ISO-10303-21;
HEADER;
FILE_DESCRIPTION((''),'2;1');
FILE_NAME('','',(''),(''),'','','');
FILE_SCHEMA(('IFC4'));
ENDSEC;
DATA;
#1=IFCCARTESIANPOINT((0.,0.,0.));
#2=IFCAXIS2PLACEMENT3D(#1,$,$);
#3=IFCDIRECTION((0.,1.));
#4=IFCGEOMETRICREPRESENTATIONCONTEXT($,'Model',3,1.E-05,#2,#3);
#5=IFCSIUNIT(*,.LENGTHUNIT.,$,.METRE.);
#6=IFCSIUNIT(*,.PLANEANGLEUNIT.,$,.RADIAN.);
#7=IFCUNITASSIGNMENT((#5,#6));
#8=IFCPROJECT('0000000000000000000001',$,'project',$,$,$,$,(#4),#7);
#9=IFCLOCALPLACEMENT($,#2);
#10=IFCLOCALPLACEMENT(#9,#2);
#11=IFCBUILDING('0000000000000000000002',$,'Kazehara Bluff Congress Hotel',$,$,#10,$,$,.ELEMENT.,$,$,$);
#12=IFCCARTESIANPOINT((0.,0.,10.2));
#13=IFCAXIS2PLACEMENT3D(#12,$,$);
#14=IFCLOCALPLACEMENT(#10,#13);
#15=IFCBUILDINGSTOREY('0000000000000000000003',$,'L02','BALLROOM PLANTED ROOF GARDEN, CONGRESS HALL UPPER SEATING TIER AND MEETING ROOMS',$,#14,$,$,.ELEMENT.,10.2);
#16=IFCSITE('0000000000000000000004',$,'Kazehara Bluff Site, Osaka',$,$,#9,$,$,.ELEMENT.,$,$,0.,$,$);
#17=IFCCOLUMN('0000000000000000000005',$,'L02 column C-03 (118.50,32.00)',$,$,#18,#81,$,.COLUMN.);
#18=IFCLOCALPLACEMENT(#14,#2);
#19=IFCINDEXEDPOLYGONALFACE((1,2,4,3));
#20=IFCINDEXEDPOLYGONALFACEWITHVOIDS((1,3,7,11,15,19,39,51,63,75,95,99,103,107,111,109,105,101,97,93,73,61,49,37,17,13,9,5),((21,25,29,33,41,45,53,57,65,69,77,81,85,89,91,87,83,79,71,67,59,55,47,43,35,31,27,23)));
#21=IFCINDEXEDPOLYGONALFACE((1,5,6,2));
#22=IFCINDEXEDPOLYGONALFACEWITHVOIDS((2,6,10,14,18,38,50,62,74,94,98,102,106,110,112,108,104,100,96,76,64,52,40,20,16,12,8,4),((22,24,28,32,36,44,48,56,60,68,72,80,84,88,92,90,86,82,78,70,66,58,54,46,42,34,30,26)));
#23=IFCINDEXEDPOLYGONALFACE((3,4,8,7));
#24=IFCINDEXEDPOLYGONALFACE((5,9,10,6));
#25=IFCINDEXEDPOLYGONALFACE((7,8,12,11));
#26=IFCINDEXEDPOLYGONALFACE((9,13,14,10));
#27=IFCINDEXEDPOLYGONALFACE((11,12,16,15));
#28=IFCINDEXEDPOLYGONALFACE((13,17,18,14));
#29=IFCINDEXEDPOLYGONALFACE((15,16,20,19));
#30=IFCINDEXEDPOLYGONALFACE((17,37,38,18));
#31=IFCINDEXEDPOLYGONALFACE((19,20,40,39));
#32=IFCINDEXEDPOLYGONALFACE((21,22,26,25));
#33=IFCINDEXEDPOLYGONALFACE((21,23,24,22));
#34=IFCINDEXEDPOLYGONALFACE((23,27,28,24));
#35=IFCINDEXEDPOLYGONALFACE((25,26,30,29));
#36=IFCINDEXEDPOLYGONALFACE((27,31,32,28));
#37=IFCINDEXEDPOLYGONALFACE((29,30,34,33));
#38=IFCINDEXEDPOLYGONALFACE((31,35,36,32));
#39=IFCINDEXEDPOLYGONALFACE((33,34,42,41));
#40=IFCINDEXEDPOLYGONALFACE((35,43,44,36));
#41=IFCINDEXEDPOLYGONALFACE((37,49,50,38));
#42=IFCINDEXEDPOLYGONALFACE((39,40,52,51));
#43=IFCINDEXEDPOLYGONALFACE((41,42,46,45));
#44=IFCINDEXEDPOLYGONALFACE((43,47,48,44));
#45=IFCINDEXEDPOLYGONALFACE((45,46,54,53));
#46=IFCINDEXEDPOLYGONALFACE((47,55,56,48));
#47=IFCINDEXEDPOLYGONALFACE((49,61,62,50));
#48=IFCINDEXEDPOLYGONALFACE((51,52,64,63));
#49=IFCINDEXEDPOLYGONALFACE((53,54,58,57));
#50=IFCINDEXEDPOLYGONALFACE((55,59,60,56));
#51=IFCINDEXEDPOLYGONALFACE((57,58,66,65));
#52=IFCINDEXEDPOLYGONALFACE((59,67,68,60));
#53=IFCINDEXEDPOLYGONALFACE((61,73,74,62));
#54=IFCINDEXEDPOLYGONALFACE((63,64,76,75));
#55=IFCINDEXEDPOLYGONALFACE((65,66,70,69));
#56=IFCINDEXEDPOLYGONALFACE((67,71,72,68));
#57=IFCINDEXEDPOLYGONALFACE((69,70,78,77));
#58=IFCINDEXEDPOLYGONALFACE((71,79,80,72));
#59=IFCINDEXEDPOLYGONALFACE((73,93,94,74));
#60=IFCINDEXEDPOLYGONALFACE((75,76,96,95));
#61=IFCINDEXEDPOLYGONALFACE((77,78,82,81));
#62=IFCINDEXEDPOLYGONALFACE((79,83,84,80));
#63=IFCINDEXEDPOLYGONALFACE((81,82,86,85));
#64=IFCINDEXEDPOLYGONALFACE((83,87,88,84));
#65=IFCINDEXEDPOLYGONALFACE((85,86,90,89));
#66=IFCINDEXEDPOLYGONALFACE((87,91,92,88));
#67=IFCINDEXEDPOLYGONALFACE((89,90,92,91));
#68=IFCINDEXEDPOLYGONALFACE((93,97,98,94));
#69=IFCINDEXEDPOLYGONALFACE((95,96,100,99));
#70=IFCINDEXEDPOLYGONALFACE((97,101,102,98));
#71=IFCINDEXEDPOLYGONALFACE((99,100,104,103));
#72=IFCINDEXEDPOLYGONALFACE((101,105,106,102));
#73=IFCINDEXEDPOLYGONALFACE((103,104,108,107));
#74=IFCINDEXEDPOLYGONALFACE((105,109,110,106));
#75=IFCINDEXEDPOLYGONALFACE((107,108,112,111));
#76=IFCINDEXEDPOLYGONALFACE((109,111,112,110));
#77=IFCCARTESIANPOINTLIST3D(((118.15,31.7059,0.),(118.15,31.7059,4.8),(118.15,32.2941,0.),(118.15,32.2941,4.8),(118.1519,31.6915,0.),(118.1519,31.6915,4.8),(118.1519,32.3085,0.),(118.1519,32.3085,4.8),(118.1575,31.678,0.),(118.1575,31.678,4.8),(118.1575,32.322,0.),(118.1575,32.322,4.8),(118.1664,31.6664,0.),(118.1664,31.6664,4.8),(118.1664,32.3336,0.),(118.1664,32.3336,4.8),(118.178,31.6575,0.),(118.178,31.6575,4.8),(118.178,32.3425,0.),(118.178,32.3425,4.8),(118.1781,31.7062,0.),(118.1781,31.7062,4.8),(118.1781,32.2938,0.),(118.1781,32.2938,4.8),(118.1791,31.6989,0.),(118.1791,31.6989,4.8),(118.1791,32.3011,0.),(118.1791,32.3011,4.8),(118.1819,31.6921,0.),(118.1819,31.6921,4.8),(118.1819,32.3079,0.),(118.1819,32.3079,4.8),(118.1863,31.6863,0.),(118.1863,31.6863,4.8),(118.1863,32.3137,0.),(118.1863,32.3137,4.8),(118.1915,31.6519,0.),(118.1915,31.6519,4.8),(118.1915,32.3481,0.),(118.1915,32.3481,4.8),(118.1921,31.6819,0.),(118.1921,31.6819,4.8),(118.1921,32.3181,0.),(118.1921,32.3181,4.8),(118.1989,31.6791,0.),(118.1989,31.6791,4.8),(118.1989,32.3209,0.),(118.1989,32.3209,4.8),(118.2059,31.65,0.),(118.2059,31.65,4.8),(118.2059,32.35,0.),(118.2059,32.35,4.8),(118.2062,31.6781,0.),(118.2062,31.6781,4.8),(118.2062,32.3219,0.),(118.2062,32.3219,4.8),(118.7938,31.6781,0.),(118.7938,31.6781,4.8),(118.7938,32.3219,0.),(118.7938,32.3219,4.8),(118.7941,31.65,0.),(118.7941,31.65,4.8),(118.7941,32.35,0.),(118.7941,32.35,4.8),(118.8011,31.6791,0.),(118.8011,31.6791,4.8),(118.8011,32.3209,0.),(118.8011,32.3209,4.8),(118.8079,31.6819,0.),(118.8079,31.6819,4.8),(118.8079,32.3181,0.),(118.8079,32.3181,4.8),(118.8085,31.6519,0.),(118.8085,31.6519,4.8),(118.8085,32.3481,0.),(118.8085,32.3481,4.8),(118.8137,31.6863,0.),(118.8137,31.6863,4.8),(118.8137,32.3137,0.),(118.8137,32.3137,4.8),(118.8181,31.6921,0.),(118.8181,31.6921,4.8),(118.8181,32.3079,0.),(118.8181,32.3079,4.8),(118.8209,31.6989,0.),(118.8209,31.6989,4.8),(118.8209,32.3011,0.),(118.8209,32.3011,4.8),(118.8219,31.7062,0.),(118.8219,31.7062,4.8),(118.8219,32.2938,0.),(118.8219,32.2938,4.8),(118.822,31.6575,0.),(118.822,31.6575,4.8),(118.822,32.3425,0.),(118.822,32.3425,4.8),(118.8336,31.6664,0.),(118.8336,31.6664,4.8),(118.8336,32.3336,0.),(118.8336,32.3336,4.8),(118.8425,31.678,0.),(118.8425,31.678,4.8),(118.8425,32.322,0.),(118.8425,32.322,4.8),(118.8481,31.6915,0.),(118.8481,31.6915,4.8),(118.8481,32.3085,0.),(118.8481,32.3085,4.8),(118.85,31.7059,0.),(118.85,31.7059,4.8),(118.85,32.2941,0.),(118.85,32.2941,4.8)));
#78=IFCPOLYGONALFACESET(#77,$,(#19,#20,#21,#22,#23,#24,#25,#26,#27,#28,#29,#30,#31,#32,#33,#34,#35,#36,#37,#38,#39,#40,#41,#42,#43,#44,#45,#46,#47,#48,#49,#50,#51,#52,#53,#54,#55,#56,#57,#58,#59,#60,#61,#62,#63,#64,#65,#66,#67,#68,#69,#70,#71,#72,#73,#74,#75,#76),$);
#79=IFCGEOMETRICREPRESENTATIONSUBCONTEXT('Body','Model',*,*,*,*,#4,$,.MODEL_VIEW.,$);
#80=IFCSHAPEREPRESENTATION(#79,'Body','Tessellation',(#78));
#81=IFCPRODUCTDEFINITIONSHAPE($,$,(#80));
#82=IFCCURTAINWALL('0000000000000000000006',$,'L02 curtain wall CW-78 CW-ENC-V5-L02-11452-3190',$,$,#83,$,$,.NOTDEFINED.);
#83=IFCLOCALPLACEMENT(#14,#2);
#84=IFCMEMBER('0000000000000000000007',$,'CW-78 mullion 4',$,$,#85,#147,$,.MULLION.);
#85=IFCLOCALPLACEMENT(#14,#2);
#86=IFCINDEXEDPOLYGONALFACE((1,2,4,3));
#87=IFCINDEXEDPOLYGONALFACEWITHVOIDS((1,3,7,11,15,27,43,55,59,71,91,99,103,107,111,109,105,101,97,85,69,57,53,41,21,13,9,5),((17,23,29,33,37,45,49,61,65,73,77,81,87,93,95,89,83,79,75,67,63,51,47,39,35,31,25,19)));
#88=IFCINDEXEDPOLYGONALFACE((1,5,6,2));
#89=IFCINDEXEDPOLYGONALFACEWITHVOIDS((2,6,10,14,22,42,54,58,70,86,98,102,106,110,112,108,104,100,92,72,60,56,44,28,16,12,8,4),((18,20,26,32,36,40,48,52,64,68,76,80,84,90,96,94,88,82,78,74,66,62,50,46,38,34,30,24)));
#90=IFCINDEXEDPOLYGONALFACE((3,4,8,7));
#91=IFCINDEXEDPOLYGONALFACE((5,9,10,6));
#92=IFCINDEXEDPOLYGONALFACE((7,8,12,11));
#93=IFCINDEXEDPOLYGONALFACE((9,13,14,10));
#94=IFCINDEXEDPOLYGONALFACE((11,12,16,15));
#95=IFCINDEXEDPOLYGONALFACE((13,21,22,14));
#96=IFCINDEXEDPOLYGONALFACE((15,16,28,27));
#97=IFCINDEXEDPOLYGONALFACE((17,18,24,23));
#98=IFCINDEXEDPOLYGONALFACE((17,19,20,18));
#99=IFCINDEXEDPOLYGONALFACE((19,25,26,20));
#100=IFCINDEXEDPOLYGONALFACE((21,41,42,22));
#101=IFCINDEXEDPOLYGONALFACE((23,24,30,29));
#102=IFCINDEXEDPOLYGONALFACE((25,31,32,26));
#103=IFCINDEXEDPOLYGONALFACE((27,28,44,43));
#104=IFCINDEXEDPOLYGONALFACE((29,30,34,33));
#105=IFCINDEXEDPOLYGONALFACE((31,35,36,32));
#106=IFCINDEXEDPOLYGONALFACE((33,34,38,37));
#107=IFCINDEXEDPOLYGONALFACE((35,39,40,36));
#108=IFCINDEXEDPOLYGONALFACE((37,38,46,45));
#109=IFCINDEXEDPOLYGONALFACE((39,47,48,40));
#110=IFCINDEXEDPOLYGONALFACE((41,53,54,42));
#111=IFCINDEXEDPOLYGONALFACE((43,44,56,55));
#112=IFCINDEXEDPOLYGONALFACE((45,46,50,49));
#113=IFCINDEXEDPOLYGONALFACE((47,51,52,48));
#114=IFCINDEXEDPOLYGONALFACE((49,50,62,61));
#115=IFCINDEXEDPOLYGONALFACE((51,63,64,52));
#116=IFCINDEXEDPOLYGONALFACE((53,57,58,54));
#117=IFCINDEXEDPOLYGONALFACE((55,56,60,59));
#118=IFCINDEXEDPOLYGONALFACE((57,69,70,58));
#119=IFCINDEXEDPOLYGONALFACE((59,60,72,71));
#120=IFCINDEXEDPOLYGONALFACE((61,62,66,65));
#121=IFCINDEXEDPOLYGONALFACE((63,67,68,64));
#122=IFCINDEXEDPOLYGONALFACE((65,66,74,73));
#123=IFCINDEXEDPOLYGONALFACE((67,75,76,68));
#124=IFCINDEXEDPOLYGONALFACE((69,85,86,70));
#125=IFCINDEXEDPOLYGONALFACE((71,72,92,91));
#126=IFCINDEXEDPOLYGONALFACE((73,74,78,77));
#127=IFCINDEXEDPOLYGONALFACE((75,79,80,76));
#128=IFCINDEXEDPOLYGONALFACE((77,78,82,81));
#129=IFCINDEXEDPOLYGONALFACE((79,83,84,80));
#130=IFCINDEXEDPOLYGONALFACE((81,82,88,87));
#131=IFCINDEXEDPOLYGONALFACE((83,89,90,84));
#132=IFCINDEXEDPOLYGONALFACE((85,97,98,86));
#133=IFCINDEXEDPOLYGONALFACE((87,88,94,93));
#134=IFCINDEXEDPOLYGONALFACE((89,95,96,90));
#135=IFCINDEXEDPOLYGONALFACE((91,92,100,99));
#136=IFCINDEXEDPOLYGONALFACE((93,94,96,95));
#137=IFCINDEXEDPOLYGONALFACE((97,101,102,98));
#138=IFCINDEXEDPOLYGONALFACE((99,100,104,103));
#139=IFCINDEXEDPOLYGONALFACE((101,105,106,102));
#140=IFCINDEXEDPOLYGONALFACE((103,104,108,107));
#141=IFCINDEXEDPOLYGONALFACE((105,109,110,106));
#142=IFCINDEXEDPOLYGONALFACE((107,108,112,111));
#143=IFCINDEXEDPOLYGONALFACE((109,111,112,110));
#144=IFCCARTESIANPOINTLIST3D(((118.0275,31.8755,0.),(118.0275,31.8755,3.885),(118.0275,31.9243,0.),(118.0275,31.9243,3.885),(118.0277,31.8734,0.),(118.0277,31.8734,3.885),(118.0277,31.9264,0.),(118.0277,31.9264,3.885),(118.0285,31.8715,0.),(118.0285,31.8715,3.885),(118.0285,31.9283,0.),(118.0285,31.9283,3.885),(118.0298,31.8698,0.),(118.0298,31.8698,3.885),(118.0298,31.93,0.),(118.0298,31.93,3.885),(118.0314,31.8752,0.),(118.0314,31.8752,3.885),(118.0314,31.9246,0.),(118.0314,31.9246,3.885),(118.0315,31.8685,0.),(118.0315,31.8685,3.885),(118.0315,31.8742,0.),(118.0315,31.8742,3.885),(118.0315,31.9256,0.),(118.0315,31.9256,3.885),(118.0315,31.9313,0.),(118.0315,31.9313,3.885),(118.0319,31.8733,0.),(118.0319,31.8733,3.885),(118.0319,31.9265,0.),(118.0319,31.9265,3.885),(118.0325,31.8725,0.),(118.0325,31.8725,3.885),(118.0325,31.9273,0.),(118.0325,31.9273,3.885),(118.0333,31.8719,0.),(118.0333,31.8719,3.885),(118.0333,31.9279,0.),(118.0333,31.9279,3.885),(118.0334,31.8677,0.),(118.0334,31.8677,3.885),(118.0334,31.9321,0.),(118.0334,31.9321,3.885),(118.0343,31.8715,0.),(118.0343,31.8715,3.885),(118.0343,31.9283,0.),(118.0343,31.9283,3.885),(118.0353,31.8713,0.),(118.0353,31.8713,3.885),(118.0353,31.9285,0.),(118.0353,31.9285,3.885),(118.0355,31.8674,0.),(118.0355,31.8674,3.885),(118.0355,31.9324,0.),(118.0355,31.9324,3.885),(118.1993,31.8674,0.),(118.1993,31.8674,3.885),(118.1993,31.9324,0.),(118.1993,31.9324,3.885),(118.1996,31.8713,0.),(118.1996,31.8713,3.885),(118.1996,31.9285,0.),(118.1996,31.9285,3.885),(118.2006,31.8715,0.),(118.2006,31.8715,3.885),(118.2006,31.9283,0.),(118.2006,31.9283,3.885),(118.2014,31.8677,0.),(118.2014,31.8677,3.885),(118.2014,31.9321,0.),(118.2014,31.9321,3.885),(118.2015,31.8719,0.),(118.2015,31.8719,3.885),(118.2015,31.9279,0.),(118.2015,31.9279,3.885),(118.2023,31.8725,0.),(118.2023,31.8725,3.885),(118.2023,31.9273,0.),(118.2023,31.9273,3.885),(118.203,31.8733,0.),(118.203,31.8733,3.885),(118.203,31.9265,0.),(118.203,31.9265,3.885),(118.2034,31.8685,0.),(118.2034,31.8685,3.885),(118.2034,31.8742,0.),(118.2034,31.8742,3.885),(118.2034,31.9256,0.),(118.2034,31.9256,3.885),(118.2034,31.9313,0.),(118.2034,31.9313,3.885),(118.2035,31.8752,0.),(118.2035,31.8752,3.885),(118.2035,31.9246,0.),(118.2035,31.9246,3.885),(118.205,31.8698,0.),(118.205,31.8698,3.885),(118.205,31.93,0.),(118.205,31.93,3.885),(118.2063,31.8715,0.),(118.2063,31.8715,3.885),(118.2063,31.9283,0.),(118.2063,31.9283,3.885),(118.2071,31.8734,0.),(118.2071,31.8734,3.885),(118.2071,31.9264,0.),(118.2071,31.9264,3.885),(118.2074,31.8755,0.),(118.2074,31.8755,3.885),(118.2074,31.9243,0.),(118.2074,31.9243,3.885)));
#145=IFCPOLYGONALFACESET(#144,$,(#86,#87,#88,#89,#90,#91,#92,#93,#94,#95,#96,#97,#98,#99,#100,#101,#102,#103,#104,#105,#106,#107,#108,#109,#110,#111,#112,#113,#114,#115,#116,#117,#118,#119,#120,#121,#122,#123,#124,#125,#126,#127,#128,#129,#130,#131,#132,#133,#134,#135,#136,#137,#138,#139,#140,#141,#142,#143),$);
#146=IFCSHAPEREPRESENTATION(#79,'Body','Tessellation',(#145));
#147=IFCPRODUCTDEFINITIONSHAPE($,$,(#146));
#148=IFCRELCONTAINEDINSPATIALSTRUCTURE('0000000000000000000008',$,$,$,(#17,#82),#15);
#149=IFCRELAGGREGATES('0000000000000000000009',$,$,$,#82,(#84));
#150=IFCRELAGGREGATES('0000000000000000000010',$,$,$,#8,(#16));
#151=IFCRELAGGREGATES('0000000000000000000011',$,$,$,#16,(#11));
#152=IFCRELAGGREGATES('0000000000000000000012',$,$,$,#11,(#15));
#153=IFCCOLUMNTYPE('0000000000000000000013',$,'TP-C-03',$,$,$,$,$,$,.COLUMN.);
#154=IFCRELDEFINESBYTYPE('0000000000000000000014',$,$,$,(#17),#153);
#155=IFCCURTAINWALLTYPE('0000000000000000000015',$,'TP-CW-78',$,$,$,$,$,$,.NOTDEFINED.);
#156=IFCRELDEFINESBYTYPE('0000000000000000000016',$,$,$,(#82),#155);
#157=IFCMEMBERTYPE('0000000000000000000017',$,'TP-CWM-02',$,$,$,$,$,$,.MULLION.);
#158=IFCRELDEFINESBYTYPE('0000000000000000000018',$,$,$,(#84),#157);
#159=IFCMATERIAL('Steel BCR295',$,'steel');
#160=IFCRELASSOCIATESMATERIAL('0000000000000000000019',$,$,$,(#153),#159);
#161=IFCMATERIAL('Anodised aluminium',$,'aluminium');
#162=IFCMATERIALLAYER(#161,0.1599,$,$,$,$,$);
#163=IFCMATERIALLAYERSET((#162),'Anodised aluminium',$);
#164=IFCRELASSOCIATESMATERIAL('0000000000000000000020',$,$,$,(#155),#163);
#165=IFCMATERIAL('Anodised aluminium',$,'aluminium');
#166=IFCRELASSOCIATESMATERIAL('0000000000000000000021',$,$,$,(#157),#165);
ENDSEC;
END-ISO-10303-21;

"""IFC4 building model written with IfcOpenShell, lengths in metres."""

from ifc_helpers import new_model, si_unit, direction, frame, origin, origin_2d, place, context, subcontext, project, spatial, hollow_rectangle, extrude, material, layer, layer_set, material_profile, profile_set, type_object, element, aggregate, save


model = new_model("IFC4")

# Units and contexts
model_context = context("Model", 3, precision=1e-05, world=origin(), true_north=direction((0.0, 1.0)))
body_context = subcontext(model_context, "Body", "Model", "MODEL_VIEW")
ifc_project = project(units=[si_unit("LENGTHUNIT", "METRE"), si_unit("PLANEANGLEUNIT", "RADIAN")], contexts=[model_context])

# Site, building, storey
site_placement = place(None, origin())
site = spatial("IfcSite", under=ifc_project, at=site_placement, Name="Kazehara Bluff Site, Osaka", CompositionType="ELEMENT", RefElevation=0.0)
building_placement = place(site_placement, origin())
building = spatial("IfcBuilding", under=site, at=building_placement, Name="Kazehara Bluff Congress Hotel", CompositionType="ELEMENT")
storey_placement = place(building_placement, frame((0.0, 0.0, 10.2)))
storey = spatial("IfcBuildingStorey", under=building, at=storey_placement, Name="L02", Description="BALLROOM PLANTED ROOF GARDEN, CONGRESS HALL UPPER SEATING TIER AND MEETING ROOMS", CompositionType="ELEMENT", Elevation=10.2)

# Column
ifc_material_1 = material(Name="Steel BCR295", Category="steel")
ifc_material_profile_1 = material_profile(ifc_material_1, hollow_rectangle(XDim=0.7, YDim=0.7, WallThickness=0.0281, InnerFilletRadius=0.0281, OuterFilletRadius=0.0559, at=origin_2d()))
ifc_profile_set_1 = profile_set([ifc_material_profile_1], Name="Steel BCR295")
column_type = type_object("IfcColumnType", Name="TP-C-03", PredefinedType="COLUMN", material=ifc_profile_set_1)
column_placement = place(storey_placement, frame((118.5, 32.0, 0.0), z_axis=(0.0, 0.0, 1.0), x_axis=(1.0, 0.0, 0.0)))
element("IfcColumn", 1, at=column_placement, inside=storey, type_object=column_type, Name="L02 column C-03 (118.50,32.00)", PredefinedType="COLUMN", context=body_context, shape_type="SweptSolid", body=[
    extrude(hollow_rectangle(XDim=0.7, YDim=0.7, WallThickness=0.0281, InnerFilletRadius=0.0281, OuterFilletRadius=0.0559, at=origin_2d()), origin(), (0.0, 0.0, 1.0), 4.8),
])

# Curtain wall, member
ifc_material_2 = material(Name="Anodised aluminium", Category="aluminium")
ifc_layer_1 = layer(ifc_material_2, 0.1599)
ifc_layer_set_1 = layer_set([ifc_layer_1], Name="Anodised aluminium")
curtain_wall_type_1 = type_object("IfcCurtainWallType", Name="TP-CW-78", PredefinedType="NOTDEFINED", material=ifc_layer_set_1)
curtain_wall_1_placement = place(storey_placement, origin())
curtain_wall_1 = element("IfcCurtainWall", 2, at=curtain_wall_1_placement, inside=storey, type_object=curtain_wall_type_1, Name="L02 curtain wall CW-78 CW-ENC-V5-L02-11452-3190", PredefinedType="NOTDEFINED")
ifc_material_3 = material(Name="Anodised aluminium", Category="aluminium")
ifc_material_profile_2 = material_profile(ifc_material_3, hollow_rectangle(XDim=0.0649, YDim=0.1799, WallThickness=0.0039, InnerFilletRadius=0.0039, OuterFilletRadius=0.0081, at=origin_2d()))
ifc_profile_set_2 = profile_set([ifc_material_profile_2], Name="Anodised aluminium")
member_type_1 = type_object("IfcMemberType", Name="TP-CWM-02", PredefinedType="MULLION", material=ifc_profile_set_2)
member_1_placement = place(storey_placement, frame((118.1174, 31.8999, 0.0), z_axis=(0.0, 0.0, 1.0), x_axis=(0.0, 1.0, 0.0)))
member_1 = element("IfcMember", 3, at=member_1_placement, type_object=member_type_1, Name="CW-78 mullion 4", PredefinedType="MULLION", context=body_context, shape_type="SweptSolid", body=[
    extrude(hollow_rectangle(XDim=0.0649, YDim=0.1799, WallThickness=0.0039, InnerFilletRadius=0.0039, OuterFilletRadius=0.0081, at=origin_2d()), origin(), (0.0, 0.0, 1.0), 3.885),
])

aggregate(curtain_wall_1, [member_1])

save(model, "model.ifc")
